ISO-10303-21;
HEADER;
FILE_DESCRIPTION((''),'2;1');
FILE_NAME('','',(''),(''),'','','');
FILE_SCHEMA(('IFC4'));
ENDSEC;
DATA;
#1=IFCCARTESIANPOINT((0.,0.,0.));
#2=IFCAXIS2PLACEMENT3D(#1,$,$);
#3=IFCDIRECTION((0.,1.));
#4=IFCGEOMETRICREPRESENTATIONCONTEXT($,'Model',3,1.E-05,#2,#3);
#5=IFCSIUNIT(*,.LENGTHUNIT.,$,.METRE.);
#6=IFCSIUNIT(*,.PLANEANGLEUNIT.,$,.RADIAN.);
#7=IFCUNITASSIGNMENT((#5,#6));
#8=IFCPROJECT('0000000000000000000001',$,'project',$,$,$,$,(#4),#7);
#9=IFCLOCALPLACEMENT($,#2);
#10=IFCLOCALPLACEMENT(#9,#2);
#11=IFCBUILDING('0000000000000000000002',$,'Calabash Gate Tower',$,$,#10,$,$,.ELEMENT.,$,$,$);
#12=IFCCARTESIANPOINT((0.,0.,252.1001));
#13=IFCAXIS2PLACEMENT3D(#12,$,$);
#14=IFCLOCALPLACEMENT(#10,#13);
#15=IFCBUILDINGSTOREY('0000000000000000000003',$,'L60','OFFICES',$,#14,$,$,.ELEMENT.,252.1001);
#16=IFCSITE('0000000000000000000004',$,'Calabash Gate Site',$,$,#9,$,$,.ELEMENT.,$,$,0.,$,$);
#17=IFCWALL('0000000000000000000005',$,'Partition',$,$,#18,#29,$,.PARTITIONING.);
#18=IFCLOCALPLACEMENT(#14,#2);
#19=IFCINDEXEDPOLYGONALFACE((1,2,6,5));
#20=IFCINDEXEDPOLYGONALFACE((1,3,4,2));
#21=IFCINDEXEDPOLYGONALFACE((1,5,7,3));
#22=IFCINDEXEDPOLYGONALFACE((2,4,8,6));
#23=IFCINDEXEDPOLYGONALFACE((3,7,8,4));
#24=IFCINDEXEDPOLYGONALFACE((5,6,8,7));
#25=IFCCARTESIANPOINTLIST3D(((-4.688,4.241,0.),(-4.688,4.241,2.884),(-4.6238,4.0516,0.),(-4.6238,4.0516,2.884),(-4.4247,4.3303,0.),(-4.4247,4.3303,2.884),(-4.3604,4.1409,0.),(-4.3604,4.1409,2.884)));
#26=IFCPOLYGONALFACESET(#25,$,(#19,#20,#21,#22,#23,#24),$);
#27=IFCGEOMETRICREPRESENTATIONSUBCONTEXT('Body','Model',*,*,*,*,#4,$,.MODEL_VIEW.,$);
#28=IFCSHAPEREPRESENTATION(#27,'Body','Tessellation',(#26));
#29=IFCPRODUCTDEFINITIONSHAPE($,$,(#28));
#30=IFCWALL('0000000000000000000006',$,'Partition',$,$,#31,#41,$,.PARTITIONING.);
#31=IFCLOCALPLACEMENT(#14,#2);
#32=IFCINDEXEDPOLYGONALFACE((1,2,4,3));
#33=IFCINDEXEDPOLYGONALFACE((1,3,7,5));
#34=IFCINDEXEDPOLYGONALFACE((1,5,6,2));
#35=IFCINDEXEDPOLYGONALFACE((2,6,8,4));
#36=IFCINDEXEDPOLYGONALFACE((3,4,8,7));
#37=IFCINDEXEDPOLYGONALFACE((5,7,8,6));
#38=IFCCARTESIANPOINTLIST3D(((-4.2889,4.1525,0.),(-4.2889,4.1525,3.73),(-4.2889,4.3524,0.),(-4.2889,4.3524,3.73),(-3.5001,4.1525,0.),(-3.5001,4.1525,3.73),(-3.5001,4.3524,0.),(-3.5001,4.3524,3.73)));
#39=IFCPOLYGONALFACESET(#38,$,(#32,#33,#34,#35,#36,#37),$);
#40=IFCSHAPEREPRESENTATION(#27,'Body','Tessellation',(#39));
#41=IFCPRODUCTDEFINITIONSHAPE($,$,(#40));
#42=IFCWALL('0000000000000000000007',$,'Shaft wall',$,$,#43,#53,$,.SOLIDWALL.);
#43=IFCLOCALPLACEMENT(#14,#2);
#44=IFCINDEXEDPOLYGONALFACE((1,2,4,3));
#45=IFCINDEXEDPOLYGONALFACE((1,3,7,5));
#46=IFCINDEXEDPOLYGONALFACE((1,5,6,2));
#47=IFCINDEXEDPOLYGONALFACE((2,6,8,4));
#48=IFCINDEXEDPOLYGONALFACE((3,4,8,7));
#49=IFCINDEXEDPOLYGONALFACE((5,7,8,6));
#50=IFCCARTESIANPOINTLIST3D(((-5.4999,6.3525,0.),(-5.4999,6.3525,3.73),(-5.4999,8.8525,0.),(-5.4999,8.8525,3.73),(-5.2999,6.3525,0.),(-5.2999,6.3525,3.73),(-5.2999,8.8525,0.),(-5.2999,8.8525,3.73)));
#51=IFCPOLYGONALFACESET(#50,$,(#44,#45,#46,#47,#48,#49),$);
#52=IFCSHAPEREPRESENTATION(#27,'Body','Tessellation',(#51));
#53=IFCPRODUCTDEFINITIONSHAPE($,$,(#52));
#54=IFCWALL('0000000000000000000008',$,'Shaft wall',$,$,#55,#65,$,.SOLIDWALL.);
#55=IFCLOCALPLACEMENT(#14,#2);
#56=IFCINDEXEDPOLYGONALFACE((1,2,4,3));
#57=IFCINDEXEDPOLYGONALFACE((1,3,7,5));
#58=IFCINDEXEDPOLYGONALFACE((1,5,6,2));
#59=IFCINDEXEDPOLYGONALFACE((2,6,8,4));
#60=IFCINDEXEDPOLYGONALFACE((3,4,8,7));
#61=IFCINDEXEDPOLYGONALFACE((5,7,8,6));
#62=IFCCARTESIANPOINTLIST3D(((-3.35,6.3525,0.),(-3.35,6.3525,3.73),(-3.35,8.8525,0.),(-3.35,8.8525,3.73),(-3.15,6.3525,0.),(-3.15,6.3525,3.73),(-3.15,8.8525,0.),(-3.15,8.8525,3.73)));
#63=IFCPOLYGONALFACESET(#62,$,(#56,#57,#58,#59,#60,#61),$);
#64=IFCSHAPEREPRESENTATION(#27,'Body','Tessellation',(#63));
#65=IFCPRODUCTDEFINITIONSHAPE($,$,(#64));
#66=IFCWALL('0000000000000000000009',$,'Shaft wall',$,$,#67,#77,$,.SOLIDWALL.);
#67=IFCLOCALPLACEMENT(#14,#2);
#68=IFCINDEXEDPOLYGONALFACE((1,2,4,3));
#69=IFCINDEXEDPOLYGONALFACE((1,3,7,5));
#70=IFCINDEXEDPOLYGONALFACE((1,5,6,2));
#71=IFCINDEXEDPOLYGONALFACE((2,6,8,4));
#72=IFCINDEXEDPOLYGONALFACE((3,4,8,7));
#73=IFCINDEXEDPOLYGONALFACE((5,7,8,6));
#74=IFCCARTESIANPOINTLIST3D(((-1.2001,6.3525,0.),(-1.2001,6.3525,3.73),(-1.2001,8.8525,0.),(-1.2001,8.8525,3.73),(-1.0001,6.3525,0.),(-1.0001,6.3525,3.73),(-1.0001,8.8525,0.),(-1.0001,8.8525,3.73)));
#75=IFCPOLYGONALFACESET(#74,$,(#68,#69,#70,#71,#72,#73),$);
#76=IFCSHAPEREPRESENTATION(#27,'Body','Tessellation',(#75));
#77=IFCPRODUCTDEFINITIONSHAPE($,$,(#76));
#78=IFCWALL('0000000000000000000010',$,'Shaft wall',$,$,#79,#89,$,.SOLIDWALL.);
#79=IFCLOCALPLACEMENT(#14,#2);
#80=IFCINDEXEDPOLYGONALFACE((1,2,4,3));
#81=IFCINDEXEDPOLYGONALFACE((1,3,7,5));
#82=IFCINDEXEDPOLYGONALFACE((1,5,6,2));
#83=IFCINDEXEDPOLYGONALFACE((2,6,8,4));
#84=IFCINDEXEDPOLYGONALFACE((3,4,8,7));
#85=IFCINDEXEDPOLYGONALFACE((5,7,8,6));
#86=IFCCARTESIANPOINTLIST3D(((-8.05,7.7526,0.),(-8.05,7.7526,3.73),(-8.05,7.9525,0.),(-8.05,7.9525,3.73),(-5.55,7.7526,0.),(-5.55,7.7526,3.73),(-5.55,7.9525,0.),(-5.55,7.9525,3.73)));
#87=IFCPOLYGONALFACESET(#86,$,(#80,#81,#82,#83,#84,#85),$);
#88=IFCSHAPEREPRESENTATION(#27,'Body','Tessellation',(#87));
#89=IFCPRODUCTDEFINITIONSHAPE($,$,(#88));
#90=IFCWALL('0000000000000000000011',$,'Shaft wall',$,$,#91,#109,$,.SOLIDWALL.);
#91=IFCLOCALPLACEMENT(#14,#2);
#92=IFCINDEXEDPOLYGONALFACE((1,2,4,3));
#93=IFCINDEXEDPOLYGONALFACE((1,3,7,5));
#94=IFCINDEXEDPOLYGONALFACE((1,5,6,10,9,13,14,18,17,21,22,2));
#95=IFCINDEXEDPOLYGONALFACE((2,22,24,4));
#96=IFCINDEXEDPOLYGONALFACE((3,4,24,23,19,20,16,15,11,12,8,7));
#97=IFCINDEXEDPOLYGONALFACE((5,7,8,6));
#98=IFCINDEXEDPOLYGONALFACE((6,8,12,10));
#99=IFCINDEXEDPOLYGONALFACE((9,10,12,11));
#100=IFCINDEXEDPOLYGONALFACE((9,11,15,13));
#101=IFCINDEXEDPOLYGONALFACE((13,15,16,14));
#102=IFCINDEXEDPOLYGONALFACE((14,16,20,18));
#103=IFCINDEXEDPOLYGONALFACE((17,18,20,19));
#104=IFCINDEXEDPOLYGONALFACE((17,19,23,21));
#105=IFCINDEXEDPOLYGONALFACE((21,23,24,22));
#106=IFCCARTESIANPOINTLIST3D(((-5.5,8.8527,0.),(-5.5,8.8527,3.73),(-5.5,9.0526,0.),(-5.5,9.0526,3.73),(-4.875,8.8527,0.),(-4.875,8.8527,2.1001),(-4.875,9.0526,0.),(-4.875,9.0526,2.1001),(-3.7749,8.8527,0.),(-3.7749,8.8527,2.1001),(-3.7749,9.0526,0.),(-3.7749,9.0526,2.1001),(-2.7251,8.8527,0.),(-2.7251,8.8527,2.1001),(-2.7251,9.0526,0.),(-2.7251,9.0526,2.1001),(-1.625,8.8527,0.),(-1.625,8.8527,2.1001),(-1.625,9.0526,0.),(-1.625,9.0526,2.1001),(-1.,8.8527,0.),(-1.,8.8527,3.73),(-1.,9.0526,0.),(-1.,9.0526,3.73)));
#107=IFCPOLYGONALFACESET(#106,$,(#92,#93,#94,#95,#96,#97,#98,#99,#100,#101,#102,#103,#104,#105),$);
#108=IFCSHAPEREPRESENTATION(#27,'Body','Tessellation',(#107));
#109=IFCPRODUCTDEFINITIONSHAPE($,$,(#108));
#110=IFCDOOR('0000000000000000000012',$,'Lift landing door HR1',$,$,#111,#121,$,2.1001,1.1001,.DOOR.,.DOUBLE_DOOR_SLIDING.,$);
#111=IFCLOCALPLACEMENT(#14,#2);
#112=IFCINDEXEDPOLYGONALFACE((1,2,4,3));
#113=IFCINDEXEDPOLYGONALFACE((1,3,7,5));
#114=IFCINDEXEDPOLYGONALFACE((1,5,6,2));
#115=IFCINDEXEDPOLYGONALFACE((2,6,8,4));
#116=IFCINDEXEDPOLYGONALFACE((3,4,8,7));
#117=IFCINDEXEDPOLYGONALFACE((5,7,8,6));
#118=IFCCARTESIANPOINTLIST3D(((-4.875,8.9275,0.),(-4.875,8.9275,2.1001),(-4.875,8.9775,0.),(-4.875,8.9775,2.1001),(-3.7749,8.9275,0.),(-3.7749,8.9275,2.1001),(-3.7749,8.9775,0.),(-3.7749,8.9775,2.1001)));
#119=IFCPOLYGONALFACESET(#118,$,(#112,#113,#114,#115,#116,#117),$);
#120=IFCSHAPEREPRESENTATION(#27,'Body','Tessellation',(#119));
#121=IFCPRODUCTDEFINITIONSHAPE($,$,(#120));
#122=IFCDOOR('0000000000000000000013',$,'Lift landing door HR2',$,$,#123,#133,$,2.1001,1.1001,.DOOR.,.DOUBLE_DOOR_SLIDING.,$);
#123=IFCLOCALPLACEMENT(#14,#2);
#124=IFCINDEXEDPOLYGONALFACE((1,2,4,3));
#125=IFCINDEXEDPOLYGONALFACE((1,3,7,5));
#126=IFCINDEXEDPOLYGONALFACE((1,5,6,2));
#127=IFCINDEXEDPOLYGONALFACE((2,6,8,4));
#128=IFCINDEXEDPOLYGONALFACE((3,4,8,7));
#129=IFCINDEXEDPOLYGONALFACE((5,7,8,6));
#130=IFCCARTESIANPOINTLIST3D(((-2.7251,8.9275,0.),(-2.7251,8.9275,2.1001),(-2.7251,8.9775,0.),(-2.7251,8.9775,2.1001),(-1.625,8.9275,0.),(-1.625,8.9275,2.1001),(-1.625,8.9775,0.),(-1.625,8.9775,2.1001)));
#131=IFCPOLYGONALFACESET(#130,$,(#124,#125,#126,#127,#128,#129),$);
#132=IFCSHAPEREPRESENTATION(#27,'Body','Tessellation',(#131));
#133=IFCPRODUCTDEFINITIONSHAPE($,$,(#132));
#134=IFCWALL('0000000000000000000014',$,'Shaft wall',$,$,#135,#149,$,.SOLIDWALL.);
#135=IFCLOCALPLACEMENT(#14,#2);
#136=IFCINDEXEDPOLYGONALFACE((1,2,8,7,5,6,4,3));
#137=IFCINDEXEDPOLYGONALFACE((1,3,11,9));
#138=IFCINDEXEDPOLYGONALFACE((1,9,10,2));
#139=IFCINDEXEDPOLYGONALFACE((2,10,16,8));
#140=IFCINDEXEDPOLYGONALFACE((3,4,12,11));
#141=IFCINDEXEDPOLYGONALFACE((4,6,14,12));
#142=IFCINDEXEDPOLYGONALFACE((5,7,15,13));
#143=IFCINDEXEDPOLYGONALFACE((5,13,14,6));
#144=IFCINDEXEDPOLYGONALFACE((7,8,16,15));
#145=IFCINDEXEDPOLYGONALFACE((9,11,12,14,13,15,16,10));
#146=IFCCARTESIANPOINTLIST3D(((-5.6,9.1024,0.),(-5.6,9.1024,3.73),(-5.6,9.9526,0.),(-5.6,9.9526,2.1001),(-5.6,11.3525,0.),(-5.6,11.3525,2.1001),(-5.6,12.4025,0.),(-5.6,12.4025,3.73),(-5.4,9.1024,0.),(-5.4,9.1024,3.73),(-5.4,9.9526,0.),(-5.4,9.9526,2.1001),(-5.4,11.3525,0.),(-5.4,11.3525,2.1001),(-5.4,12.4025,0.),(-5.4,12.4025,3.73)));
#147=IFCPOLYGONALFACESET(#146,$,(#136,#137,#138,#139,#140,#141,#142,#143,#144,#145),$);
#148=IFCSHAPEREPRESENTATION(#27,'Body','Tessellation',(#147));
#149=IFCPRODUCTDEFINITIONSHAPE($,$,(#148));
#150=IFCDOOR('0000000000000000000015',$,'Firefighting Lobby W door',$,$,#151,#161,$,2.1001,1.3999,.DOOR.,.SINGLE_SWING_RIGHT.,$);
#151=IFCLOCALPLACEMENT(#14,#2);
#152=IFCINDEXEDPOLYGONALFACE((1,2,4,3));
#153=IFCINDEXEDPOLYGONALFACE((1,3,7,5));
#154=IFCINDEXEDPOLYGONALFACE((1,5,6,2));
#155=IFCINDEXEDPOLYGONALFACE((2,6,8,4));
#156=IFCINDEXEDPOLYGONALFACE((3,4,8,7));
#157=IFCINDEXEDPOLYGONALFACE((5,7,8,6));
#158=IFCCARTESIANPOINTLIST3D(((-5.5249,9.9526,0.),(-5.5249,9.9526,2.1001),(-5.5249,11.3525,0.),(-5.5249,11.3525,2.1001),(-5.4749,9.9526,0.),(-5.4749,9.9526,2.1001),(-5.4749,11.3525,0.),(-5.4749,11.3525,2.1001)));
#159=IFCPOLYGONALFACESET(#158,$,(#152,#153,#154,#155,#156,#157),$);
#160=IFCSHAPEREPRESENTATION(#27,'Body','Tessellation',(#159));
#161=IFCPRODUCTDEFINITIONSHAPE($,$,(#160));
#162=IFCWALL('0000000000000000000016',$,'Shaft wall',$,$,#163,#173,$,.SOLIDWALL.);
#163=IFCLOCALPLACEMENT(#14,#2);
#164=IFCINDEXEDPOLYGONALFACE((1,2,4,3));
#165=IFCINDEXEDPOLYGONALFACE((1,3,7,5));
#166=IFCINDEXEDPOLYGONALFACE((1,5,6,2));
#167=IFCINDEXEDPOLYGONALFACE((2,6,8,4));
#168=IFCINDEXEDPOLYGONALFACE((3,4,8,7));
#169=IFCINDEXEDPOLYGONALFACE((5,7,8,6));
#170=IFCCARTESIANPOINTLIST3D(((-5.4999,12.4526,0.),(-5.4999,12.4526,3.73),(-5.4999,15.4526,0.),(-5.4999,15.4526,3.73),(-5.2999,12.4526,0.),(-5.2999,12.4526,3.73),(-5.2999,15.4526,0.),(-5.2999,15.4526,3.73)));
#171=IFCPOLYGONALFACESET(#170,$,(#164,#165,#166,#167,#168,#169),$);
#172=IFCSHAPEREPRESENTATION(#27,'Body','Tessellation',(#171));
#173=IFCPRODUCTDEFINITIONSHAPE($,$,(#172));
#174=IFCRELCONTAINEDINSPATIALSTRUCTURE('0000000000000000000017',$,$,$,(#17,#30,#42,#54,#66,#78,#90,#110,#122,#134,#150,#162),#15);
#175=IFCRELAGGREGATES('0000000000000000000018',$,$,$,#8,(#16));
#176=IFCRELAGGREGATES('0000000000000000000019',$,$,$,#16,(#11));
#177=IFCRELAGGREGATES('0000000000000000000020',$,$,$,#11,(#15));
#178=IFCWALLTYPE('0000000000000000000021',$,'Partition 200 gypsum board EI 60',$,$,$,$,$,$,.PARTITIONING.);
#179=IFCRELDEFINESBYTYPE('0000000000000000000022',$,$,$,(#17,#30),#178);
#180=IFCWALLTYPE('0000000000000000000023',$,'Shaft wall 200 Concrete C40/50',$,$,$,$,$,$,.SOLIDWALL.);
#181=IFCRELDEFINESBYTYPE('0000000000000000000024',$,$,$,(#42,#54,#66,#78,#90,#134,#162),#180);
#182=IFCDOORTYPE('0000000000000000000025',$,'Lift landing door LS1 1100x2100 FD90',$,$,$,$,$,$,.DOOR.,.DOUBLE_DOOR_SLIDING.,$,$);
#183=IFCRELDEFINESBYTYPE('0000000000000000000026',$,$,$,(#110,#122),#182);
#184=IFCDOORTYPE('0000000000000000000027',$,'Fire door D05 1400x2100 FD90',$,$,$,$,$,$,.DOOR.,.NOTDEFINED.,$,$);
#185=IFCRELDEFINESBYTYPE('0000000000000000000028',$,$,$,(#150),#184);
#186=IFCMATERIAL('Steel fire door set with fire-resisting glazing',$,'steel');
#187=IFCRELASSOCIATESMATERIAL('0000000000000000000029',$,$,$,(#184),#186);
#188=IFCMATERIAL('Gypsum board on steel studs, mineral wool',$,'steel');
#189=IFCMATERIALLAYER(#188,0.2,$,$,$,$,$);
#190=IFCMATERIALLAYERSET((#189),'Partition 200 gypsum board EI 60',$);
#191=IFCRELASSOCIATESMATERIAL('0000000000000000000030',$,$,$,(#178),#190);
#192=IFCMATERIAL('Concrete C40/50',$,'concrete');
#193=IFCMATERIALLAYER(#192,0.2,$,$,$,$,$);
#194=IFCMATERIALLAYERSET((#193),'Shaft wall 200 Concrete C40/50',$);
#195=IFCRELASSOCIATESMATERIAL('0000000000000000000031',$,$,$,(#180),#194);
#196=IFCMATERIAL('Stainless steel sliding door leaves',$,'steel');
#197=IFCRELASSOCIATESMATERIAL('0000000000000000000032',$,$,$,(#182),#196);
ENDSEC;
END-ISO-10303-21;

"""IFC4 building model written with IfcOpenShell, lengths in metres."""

from ifc_helpers import new_model, si_unit, direction, frame, frame_2d, origin, place, context, subcontext, project, spatial, rectangle, extrude, material, layer, layer_set, type_object, element, fill, save


model = new_model("IFC4")

# Units and contexts
model_context = context("Model", 3, precision=1e-05, world=origin(), true_north=direction((0.0, 1.0)))
body_context = subcontext(model_context, "Body", "Model", "MODEL_VIEW")
ifc_project = project(units=[si_unit("LENGTHUNIT", "METRE"), si_unit("PLANEANGLEUNIT", "RADIAN")], contexts=[model_context])

# Site, building, storey
site_placement = place(None, origin())
site = spatial("IfcSite", under=ifc_project, at=site_placement, Name="Calabash Gate Site", CompositionType="ELEMENT", RefElevation=0.0)
building_placement = place(site_placement, origin())
building = spatial("IfcBuilding", under=site, at=building_placement, Name="Calabash Gate Tower", CompositionType="ELEMENT")
storey_placement = place(building_placement, frame((0.0, 0.0, 252.1001)))
storey = spatial("IfcBuildingStorey", under=building, at=storey_placement, Name="L60", Description="OFFICES", CompositionType="ELEMENT", Elevation=252.1001)

# Shared definitions
ifc_material_1 = material(Name="Steel fire door set with fire-resisting glazing", Category="steel")
door_type_1 = type_object("IfcDoorType", Name="Fire door D05 1400x2100 FD90", OperationType="NOTDEFINED", PredefinedType="DOOR", material=ifc_material_1)

# Walls
ifc_material_2 = material(Name="Gypsum board on steel studs, mineral wool", Category="steel")
ifc_layer_1 = layer(ifc_material_2, 0.2)
ifc_layer_set_1 = layer_set([ifc_layer_1], Name="Partition 200 gypsum board EI 60")
wall_type_1 = type_object("IfcWallType", Name="Partition 200 gypsum board EI 60", PredefinedType="PARTITIONING", material=ifc_layer_set_1)
wall_1_placement = place(storey_placement, frame((-4.656, 4.1462, 0.0), z_axis=(0.0, 0.0, 1.0), x_axis=(0.947003, 0.321226, 0.0)))
element("IfcWall", 1, at=wall_1_placement, inside=storey, type_object=wall_type_1, Name="Partition", PredefinedType="PARTITIONING", context=body_context, shape_type="SweptSolid", body=[
    extrude(rectangle(XDim=0.2781, YDim=0.2, at=frame_2d((0.1392, 0.0))), origin(), (0.0, 0.0, 1.0), 2.884),
])
wall_2_placement = place(storey_placement, frame((-4.2891, 4.2524, 0.0), z_axis=(0.0, 0.0, 1.0), x_axis=(1.0, 0.0, 0.0)))
element("IfcWall", 2, at=wall_2_placement, inside=storey, type_object=wall_type_1, Name="Partition", PredefinedType="PARTITIONING", context=body_context, shape_type="SweptSolid", body=[
    extrude(rectangle(XDim=0.7888, YDim=0.2, at=frame_2d((0.3945, 0.0))), origin(), (0.0, 0.0, 1.0), 3.73),
])
ifc_material_3 = material(Name="Concrete C40/50", Category="concrete")
ifc_layer_2 = layer(ifc_material_3, 0.2)
ifc_layer_set_2 = layer_set([ifc_layer_2], Name="Shaft wall 200 Concrete C40/50")
wall_type_2 = type_object("IfcWallType", Name="Shaft wall 200 Concrete C40/50", PredefinedType="SOLIDWALL", material=ifc_layer_set_2)
for number, where, z_axis, x_axis, name in (
    (3, (-5.3999, 6.3525, 0.0), (0.0, 0.0, 1.0), (0.0, 1.0, 0.0), "Shaft wall"),
    (4, (-3.25, 6.3525, 0.0), (0.0, 0.0, 1.0), (0.0, 1.0, 0.0), "Shaft wall"),
    (5, (-1.1001, 6.3525, 0.0), (0.0, 0.0, 1.0), (0.0, 1.0, 0.0), "Shaft wall"),
    (6, (-8.05, 7.8525, 0.0), (0.0, 0.0, 1.0), (1.0, 0.0, 0.0), "Shaft wall"),
):
    element("IfcWall", number, at=place(storey_placement, frame(where, z_axis=z_axis, x_axis=x_axis)), inside=storey, type_object=wall_type_2, Name=name, PredefinedType="SOLIDWALL", context=body_context, shape_type="SweptSolid", body=[
        extrude(rectangle(XDim=2.5, YDim=0.2, at=frame_2d((1.25, 0.0))), origin(), (0.0, 0.0, 1.0), 3.73),
    ])

# Wall, openings, doors
wall_3_placement = place(storey_placement, frame((-5.5, 8.9526, 0.0), z_axis=(0.0, 0.0, 1.0), x_axis=(1.0, 0.0, 0.0)))
wall_3 = element("IfcWall", 7, at=wall_3_placement, inside=storey, type_object=wall_type_2, Name="Shaft wall", PredefinedType="SOLIDWALL", context=body_context, shape_type="SweptSolid", body=[
    extrude(rectangle(XDim=4.5, YDim=0.2, at=frame_2d((2.25, 0.0))), origin(), (0.0, 0.0, 1.0), 3.73),
])
opening_1_placement = place(wall_3_placement, frame((0.625, 0.0, 0.0)))
opening_1 = element("IfcOpeningElement", 8, at=opening_1_placement, cuts=wall_3, PredefinedType="OPENING", context=body_context, shape_type="SweptSolid", body=[
    extrude(rectangle(XDim=1.1001, YDim=2.1001, at=frame_2d((0.55, 1.05))), frame((0.0, 0.1099, 0.0), z_axis=(0.0, -1.0, 0.0), x_axis=(1.0, 0.0, 0.0)), (0.0, 0.0, 1.0), 0.22),
])
opening_2_placement = place(wall_3_placement, frame((2.7749, 0.0, 0.0)))
opening_2 = element("IfcOpeningElement", 9, at=opening_2_placement, cuts=wall_3, PredefinedType="OPENING", context=body_context, shape_type="SweptSolid", body=[
    extrude(rectangle(XDim=1.1001, YDim=2.1001, at=frame_2d((0.55, 1.05))), frame((0.0, 0.1099, 0.0), z_axis=(0.0, -1.0, 0.0), x_axis=(1.0, 0.0, 0.0)), (0.0, 0.0, 1.0), 0.22),
])
ifc_material_4 = material(Name="Stainless steel sliding door leaves", Category="steel")
door_type_2 = type_object("IfcDoorType", Name="Lift landing door LS1 1100x2100 FD90", OperationType="DOUBLE_DOOR_SLIDING", PredefinedType="DOOR", material=ifc_material_4)
door_1_placement = place(opening_1_placement, origin())
door_1 = element("IfcDoor", 10, at=door_1_placement, inside=storey, type_object=door_type_2, Name="Lift landing door HR1", OperationType="DOUBLE_DOOR_SLIDING", OverallHeight=2.1001, OverallWidth=1.1001, PredefinedType="DOOR", context=body_context, shape_type="SweptSolid", body=[
    extrude(rectangle(XDim=1.1001, YDim=2.1001, at=frame_2d((0.55, 1.05))), frame((0.0, 0.0249, 0.0), z_axis=(0.0, -1.0, 0.0), x_axis=(1.0, 0.0, 0.0)), (0.0, 0.0, 1.0), 0.05),
])
fill(opening_1, door_1)
door_2_placement = place(opening_2_placement, origin())
door_2 = element("IfcDoor", 11, at=door_2_placement, inside=storey, type_object=door_type_2, Name="Lift landing door HR2", OperationType="DOUBLE_DOOR_SLIDING", OverallHeight=2.1001, OverallWidth=1.1001, PredefinedType="DOOR", context=body_context, shape_type="SweptSolid", body=[
    extrude(rectangle(XDim=1.1001, YDim=2.1001, at=frame_2d((0.55, 1.05))), frame((0.0, 0.0249, 0.0), z_axis=(0.0, -1.0, 0.0), x_axis=(1.0, 0.0, 0.0)), (0.0, 0.0, 1.0), 0.05),
])
fill(opening_2, door_2)

# Wall, opening, door
wall_4_placement = place(storey_placement, frame((-5.5, 9.1025, 0.0), z_axis=(0.0, 0.0, 1.0), x_axis=(0.0, 1.0, 0.0)))
wall_4 = element("IfcWall", 12, at=wall_4_placement, inside=storey, type_object=wall_type_2, Name="Shaft wall", PredefinedType="SOLIDWALL", context=body_context, shape_type="SweptSolid", body=[
    extrude(rectangle(XDim=3.3, YDim=0.2, at=frame_2d((1.6499, 0.0))), origin(), (0.0, 0.0, 1.0), 3.73),
])
opening_3_placement = place(wall_4_placement, frame((0.8501, 0.0, 0.0)))
opening_3 = element("IfcOpeningElement", 13, at=opening_3_placement, cuts=wall_4, PredefinedType="OPENING", context=body_context, shape_type="SweptSolid", body=[
    extrude(rectangle(XDim=1.3999, YDim=2.1001, at=frame_2d((0.7, 1.05))), frame((0.0, 0.1099, 0.0), z_axis=(0.0, -1.0, 0.0), x_axis=(1.0, 0.0, 0.0)), (0.0, 0.0, 1.0), 0.22),
])
door_3_placement = place(opening_3_placement, origin())
door_3 = element("IfcDoor", 14, at=door_3_placement, inside=storey, type_object=door_type_1, Name="Firefighting Lobby W door", OperationType="SINGLE_SWING_RIGHT", OverallHeight=2.1001, OverallWidth=1.3999, PredefinedType="DOOR", context=body_context, shape_type="SweptSolid", body=[
    extrude(rectangle(XDim=1.3999, YDim=2.1001, at=frame_2d((0.7, 1.05))), frame((0.0, 0.0249, 0.0), z_axis=(0.0, -1.0, 0.0), x_axis=(1.0, 0.0, 0.0)), (0.0, 0.0, 1.0), 0.05),
])
fill(opening_3, door_3)

# Wall
wall_5_placement = place(storey_placement, frame((-5.3999, 12.4526, 0.0), z_axis=(0.0, 0.0, 1.0), x_axis=(0.0, 1.0, 0.0)))
element("IfcWall", 15, at=wall_5_placement, inside=storey, type_object=wall_type_2, Name="Shaft wall", PredefinedType="SOLIDWALL", context=body_context, shape_type="SweptSolid", body=[
    extrude(rectangle(XDim=3.0, YDim=0.2, at=frame_2d((1.5, 0.0))), origin(), (0.0, 0.0, 1.0), 3.73),
])

save(model, "model.ifc")
